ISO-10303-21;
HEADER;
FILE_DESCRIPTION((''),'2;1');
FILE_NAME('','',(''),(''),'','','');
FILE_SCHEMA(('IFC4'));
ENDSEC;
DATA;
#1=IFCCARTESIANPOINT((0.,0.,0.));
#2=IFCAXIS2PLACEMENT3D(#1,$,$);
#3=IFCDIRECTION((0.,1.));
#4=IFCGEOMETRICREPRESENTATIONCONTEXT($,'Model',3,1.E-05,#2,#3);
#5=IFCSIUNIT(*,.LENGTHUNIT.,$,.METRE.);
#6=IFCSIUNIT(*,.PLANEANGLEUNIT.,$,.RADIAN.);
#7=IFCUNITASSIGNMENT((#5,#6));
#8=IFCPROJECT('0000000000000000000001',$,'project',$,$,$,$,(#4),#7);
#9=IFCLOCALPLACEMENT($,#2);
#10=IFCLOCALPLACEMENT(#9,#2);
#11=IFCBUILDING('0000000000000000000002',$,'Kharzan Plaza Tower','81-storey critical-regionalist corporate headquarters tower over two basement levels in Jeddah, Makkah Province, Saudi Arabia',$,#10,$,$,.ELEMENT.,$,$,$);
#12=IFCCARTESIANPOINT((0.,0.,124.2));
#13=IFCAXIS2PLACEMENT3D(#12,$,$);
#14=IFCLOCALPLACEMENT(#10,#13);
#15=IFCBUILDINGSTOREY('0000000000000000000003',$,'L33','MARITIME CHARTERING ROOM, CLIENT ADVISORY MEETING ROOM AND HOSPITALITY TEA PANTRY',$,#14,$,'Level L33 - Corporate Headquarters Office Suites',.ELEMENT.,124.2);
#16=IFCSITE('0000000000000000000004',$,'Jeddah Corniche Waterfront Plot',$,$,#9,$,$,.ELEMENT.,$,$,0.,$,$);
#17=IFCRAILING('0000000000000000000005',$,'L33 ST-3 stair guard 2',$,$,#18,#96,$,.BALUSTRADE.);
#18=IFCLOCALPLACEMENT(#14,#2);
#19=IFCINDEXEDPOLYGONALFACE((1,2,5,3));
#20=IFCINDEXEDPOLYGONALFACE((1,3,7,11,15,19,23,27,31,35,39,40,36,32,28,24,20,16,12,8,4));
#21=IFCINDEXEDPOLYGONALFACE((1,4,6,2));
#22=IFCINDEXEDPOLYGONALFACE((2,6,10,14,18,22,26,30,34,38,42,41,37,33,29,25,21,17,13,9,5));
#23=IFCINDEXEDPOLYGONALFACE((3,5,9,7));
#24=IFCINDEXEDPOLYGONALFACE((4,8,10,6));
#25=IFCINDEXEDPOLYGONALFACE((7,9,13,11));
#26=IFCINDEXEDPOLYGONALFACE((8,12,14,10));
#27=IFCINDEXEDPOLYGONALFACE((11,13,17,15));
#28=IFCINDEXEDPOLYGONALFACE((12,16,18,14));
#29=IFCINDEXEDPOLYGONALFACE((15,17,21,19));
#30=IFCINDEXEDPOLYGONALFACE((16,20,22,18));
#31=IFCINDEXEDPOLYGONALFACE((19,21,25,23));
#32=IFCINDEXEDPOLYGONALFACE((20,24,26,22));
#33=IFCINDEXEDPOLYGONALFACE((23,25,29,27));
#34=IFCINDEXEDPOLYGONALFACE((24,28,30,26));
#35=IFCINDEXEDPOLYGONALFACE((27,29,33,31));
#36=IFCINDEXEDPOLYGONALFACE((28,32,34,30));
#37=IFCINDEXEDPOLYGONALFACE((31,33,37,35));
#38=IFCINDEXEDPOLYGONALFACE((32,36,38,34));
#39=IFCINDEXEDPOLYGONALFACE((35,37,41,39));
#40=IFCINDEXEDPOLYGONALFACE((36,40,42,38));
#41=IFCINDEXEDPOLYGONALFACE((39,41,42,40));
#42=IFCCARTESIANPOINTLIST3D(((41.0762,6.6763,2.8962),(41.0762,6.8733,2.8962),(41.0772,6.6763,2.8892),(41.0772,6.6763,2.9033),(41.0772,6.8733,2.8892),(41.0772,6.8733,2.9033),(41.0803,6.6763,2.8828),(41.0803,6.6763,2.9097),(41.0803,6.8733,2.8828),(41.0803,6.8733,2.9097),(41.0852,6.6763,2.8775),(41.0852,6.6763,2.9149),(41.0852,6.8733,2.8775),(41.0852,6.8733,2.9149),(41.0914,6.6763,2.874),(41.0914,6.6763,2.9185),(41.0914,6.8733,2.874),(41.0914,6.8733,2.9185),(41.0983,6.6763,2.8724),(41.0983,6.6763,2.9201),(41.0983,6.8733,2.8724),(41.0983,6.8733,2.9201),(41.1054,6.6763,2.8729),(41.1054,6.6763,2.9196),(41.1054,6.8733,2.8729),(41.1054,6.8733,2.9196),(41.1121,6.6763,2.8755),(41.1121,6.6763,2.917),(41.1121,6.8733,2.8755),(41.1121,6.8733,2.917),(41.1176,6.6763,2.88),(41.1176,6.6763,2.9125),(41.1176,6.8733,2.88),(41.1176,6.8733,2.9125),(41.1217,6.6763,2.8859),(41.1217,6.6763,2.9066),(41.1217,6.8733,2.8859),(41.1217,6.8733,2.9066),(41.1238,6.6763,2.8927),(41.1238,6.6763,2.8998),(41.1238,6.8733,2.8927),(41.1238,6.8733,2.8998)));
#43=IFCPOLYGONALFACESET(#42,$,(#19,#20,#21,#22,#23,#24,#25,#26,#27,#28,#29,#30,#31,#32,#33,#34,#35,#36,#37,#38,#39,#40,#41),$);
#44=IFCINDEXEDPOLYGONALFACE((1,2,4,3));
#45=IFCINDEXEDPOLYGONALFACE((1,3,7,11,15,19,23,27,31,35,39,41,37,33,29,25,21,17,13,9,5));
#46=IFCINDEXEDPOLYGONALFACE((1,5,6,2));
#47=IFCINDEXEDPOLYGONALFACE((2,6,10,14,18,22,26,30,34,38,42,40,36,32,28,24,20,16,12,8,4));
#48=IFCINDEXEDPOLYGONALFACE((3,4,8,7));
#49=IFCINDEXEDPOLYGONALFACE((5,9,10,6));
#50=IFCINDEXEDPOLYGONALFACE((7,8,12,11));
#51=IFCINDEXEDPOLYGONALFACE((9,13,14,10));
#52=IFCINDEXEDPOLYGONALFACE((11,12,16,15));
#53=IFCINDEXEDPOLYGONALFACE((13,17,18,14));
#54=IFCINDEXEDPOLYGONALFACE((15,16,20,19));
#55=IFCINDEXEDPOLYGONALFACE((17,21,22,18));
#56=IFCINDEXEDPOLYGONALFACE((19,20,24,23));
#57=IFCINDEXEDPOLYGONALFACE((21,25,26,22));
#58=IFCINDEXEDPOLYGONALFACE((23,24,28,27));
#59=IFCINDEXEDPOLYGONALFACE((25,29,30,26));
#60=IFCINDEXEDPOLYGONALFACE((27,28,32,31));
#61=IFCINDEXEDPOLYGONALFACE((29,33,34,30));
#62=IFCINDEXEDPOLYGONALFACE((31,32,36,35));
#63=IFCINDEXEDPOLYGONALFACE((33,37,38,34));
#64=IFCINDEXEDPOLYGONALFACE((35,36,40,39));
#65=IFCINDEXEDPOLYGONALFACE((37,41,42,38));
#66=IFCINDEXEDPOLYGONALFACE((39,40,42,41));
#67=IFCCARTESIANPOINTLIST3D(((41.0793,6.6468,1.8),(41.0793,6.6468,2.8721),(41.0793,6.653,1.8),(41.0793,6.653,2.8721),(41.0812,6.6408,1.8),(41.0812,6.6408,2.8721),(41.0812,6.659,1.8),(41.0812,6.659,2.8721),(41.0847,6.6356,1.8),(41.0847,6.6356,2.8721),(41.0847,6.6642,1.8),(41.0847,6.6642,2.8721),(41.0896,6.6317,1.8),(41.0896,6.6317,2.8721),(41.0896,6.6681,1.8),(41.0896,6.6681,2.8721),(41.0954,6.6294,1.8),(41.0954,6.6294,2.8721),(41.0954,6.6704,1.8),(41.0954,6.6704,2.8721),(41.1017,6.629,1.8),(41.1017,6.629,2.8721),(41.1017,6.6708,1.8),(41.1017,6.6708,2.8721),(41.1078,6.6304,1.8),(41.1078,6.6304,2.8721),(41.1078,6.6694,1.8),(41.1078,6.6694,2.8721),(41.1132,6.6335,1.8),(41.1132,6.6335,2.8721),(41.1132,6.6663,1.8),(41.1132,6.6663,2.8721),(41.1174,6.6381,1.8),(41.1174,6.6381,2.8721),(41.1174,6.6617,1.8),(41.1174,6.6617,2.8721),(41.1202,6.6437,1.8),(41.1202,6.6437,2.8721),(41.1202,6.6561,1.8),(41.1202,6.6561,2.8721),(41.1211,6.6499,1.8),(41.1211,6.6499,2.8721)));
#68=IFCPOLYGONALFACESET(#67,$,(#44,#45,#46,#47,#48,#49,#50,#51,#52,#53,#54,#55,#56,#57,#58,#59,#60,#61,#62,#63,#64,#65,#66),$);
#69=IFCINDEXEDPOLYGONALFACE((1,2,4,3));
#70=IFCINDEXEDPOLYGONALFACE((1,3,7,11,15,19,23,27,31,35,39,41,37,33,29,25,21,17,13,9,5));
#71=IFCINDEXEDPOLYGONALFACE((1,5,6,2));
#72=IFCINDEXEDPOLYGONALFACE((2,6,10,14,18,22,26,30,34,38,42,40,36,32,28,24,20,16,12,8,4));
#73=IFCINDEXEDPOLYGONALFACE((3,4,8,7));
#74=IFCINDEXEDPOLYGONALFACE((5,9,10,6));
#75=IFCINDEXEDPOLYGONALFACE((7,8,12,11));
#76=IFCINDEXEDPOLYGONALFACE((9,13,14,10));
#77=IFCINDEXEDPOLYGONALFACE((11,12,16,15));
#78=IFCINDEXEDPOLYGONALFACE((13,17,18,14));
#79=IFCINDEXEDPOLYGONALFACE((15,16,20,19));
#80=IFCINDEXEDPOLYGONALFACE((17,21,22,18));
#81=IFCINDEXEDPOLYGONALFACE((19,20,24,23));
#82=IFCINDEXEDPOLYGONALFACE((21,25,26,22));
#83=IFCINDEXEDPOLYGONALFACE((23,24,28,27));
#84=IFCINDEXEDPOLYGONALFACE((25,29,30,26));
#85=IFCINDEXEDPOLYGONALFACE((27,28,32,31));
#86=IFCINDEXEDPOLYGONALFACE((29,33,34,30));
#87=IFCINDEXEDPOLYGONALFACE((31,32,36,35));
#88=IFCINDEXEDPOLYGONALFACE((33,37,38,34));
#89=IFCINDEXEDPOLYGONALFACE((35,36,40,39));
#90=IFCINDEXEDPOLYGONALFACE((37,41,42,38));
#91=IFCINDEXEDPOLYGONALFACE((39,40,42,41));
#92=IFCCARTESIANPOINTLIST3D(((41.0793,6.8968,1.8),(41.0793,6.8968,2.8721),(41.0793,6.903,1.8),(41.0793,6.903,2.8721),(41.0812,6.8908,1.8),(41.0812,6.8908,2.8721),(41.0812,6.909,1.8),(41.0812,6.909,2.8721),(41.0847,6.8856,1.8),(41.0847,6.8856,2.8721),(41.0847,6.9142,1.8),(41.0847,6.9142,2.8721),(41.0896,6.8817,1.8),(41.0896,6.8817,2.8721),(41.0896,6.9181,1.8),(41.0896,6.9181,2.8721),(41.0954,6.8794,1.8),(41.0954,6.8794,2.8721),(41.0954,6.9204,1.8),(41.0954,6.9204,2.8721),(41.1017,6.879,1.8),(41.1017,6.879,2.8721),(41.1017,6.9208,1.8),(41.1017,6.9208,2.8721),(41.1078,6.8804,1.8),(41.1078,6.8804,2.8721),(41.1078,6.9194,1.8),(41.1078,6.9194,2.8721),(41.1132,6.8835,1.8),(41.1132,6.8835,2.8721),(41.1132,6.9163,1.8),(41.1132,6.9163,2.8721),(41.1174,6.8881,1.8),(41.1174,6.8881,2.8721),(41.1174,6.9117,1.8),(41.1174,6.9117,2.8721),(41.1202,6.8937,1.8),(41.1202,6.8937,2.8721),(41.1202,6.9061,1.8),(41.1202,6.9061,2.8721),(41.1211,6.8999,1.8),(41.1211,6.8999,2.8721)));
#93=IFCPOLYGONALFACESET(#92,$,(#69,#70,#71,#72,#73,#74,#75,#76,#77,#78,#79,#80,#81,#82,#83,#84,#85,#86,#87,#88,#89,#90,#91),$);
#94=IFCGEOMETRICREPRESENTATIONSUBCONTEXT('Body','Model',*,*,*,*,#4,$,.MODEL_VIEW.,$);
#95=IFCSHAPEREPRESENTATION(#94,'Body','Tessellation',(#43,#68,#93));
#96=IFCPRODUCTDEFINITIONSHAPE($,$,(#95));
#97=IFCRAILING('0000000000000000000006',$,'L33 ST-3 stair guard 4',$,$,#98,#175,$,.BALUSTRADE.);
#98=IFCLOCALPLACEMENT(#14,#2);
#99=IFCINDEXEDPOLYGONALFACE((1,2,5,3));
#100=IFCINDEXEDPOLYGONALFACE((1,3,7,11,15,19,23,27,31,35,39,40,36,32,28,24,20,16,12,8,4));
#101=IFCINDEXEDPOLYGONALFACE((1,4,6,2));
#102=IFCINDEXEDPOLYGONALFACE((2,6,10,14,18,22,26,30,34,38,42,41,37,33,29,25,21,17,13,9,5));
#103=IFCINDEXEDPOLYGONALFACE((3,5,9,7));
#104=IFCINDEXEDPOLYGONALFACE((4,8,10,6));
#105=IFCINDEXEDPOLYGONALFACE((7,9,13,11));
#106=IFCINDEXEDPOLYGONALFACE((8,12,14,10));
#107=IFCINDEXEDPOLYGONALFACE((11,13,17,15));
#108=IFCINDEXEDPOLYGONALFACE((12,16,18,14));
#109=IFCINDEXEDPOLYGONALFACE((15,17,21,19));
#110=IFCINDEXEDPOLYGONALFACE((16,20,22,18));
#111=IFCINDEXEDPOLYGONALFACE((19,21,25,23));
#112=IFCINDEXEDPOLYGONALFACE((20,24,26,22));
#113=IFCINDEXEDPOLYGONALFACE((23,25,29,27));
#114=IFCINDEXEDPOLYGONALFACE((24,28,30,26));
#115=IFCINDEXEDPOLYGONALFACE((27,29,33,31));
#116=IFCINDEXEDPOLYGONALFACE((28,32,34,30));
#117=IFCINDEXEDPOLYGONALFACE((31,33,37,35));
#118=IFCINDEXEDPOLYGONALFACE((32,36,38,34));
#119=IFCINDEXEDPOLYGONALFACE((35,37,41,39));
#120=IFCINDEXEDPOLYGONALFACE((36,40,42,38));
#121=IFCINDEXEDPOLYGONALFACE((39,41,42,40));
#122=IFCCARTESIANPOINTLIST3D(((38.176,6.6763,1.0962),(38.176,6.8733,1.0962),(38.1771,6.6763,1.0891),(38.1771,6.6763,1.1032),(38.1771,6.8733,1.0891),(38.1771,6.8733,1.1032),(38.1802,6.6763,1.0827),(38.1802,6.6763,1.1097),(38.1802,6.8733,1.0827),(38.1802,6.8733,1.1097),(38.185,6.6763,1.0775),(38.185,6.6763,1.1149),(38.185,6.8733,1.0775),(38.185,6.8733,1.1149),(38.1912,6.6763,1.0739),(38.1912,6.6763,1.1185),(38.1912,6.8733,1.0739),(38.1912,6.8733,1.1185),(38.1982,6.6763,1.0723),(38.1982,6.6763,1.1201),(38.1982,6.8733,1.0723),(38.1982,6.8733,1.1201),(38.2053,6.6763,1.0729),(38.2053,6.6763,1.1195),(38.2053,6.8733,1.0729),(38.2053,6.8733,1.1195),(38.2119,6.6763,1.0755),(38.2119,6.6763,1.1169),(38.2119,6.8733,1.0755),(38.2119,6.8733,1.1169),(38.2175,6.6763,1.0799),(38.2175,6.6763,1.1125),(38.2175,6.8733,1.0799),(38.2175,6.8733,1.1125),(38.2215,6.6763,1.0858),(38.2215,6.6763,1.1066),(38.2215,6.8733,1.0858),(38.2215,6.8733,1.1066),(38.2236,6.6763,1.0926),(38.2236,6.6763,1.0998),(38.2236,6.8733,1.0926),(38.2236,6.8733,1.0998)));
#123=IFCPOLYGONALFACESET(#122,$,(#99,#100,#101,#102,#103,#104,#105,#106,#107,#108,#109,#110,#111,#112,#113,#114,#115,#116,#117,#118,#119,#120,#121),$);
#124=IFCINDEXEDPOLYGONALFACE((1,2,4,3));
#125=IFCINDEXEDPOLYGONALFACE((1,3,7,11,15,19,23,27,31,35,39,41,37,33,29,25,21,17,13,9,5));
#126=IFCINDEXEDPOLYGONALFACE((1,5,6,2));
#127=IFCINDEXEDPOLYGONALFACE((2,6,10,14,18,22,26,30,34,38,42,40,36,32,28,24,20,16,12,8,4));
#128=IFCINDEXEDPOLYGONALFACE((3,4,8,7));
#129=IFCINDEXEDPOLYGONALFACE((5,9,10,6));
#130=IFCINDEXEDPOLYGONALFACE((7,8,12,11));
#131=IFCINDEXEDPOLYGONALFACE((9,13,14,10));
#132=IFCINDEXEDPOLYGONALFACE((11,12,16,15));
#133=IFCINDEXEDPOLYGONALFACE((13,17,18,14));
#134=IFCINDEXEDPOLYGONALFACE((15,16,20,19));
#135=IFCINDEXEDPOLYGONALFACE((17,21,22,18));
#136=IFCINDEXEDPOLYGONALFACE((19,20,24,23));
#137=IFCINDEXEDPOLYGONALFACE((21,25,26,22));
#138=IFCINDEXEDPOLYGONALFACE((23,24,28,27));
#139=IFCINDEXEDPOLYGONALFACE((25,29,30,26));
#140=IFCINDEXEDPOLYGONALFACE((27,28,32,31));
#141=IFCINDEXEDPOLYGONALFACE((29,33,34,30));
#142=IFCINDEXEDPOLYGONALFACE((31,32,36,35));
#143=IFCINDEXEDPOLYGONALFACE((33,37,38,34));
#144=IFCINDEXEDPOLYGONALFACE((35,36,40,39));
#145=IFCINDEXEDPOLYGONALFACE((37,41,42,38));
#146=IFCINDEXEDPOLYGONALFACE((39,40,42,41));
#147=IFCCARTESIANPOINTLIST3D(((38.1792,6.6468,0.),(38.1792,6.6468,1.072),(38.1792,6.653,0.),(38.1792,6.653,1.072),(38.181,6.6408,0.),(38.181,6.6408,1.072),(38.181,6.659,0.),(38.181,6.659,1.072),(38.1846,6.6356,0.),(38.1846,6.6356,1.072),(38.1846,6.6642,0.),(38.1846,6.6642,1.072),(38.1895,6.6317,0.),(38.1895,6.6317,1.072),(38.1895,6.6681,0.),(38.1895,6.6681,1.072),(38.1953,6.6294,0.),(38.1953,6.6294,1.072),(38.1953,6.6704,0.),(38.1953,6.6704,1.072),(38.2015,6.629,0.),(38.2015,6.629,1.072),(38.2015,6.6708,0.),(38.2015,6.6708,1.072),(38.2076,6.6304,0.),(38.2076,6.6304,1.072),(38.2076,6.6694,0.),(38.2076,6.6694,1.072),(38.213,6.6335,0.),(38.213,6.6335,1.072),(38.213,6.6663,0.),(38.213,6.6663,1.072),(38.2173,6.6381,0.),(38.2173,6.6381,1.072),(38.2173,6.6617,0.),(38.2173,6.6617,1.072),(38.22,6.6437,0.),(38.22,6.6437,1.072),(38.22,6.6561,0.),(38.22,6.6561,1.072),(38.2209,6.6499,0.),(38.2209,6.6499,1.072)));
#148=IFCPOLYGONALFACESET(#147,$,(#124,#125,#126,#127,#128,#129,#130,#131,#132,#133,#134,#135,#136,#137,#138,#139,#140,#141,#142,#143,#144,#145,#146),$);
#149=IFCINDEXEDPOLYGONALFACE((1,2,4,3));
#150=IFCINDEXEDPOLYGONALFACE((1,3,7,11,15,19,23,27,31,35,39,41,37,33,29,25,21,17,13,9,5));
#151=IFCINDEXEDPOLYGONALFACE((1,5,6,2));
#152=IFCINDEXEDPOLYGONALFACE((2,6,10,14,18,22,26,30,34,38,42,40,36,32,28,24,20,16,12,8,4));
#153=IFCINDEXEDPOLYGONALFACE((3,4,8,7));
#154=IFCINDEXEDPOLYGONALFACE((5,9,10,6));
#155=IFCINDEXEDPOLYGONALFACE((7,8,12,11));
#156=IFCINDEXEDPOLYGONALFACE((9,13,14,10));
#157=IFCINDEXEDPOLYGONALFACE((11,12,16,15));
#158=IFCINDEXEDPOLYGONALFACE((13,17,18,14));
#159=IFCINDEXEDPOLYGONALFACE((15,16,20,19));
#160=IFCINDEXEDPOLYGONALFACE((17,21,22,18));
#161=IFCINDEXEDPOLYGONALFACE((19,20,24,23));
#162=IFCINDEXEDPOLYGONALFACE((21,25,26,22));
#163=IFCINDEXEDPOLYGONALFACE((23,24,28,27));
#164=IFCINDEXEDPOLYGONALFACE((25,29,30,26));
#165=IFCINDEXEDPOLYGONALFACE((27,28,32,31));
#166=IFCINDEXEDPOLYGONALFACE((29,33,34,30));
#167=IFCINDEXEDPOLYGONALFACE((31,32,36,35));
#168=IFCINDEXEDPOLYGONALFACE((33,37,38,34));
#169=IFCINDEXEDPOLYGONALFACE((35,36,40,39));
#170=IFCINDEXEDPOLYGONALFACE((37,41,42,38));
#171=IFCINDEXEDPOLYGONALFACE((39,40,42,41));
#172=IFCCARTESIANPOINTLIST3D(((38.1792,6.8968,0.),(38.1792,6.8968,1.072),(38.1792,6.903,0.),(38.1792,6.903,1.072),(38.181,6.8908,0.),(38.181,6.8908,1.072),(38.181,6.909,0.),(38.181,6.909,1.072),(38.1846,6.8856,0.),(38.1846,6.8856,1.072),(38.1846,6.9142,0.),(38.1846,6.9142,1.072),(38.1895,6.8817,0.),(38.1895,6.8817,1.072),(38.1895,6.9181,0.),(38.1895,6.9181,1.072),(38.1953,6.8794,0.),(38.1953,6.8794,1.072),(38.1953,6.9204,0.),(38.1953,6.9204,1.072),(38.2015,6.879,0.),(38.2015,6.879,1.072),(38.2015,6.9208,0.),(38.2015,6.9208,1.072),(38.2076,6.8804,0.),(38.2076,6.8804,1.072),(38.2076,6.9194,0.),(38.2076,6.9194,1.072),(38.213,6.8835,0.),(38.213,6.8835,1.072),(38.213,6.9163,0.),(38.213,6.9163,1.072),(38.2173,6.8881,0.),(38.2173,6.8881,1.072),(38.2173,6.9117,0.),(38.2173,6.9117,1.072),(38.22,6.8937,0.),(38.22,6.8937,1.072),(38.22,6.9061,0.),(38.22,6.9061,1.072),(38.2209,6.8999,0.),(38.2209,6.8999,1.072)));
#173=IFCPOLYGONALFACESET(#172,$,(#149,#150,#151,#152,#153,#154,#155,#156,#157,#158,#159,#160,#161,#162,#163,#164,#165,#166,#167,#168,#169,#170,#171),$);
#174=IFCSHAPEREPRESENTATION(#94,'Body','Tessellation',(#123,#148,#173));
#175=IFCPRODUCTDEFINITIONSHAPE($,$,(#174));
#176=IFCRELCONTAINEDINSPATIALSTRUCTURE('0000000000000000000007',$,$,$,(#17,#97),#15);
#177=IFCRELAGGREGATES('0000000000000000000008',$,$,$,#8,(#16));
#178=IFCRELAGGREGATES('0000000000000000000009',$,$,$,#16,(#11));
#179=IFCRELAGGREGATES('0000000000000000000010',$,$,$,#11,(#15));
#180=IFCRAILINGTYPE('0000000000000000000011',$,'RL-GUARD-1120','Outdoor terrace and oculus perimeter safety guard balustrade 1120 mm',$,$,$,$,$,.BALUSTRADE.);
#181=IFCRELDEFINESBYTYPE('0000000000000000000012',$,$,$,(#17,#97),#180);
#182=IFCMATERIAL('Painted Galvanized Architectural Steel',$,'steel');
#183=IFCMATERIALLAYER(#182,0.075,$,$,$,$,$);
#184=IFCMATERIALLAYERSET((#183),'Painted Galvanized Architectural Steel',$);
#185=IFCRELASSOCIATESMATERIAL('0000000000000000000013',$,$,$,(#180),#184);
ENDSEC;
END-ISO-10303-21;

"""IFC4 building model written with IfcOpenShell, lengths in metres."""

from ifc_helpers import new_model, si_unit, direction, frame, origin, origin_2d, place, context, subcontext, project, spatial, circle, extrude, source, transform, mapped, material, layer, layer_set, type_object, element, save


model = new_model("IFC4")

# Units and contexts
model_context = context("Model", 3, precision=1e-05, world=origin(), true_north=direction((0.0, 1.0)))
body_context = subcontext(model_context, "Body", "Model", "MODEL_VIEW")
ifc_project = project(units=[si_unit("LENGTHUNIT", "METRE"), si_unit("PLANEANGLEUNIT", "RADIAN")], contexts=[model_context])

# Site, building, storey
site_placement = place(None, origin())
site = spatial("IfcSite", under=ifc_project, at=site_placement, Name="Jeddah Corniche Waterfront Plot", CompositionType="ELEMENT", RefElevation=0.0)
building_placement = place(site_placement, origin())
building = spatial("IfcBuilding", under=site, at=building_placement, Name="Kharzan Plaza Tower", Description="81-storey critical-regionalist corporate headquarters tower over two basement levels in Jeddah, Makkah Province, Saudi Arabia", CompositionType="ELEMENT")
storey_placement = place(building_placement, frame((0.0, 0.0, 124.2)))
storey = spatial("IfcBuildingStorey", under=building, at=storey_placement, Name="L33", Description="MARITIME CHARTERING ROOM, CLIENT ADVISORY MEETING ROOM AND HOSPITALITY TEA PANTRY", LongName="Level L33 - Corporate Headquarters Office Suites", CompositionType="ELEMENT", Elevation=124.2)

# Railings
ifc_material_1 = material(Name="Painted Galvanized Architectural Steel", Category="steel")
ifc_layer_1 = layer(ifc_material_1, 0.075)
ifc_layer_set_1 = layer_set([ifc_layer_1], Name="Painted Galvanized Architectural Steel")
railing_type_1 = type_object("IfcRailingType", Name="RL-GUARD-1120", Description="Outdoor terrace and oculus perimeter safety guard balustrade 1120 mm", PredefinedType="BALUSTRADE", material=ifc_layer_set_1)
shared_shape_1 = source(origin(), body_context, "Body", "SweptSolid", [
    extrude(circle(Radius=0.0239, at=origin_2d()), frame((0.0, 0.0264, 1.0962), z_axis=(0.0, 1.0, 0.0), x_axis=(-1.0, 0.0, 0.0)), (0.0, 0.0, 1.0), 0.197),
    extrude(circle(Radius=0.021, at=origin_2d()), origin(), (0.0, 0.0, 1.0), 1.072),
    extrude(circle(Radius=0.021, at=origin_2d()), frame((0.0, 0.25, 0.0)), (0.0, 0.0, 1.0), 1.072),
])
for number, where, name in (
    (1, (41.1001, 6.6499, 1.8), "L33 ST-3 stair guard 2"),
    (2, (38.2, 6.6499, 0.0), "L33 ST-3 stair guard 4"),
):
    element("IfcRailing", number, at=place(storey_placement, frame(where)), inside=storey, type_object=railing_type_1, Name=name, PredefinedType="BALUSTRADE", context=body_context, shape_type="MappedRepresentation", body=[
        mapped(shared_shape_1, transform((0.0, 0.0, 0.0), x_axis=(1.0, 0.0, 0.0), y_axis=(0.0, 1.0, 0.0), z_axis=(0.0, 0.0, 1.0))),
    ])

save(model, "model.ifc")
